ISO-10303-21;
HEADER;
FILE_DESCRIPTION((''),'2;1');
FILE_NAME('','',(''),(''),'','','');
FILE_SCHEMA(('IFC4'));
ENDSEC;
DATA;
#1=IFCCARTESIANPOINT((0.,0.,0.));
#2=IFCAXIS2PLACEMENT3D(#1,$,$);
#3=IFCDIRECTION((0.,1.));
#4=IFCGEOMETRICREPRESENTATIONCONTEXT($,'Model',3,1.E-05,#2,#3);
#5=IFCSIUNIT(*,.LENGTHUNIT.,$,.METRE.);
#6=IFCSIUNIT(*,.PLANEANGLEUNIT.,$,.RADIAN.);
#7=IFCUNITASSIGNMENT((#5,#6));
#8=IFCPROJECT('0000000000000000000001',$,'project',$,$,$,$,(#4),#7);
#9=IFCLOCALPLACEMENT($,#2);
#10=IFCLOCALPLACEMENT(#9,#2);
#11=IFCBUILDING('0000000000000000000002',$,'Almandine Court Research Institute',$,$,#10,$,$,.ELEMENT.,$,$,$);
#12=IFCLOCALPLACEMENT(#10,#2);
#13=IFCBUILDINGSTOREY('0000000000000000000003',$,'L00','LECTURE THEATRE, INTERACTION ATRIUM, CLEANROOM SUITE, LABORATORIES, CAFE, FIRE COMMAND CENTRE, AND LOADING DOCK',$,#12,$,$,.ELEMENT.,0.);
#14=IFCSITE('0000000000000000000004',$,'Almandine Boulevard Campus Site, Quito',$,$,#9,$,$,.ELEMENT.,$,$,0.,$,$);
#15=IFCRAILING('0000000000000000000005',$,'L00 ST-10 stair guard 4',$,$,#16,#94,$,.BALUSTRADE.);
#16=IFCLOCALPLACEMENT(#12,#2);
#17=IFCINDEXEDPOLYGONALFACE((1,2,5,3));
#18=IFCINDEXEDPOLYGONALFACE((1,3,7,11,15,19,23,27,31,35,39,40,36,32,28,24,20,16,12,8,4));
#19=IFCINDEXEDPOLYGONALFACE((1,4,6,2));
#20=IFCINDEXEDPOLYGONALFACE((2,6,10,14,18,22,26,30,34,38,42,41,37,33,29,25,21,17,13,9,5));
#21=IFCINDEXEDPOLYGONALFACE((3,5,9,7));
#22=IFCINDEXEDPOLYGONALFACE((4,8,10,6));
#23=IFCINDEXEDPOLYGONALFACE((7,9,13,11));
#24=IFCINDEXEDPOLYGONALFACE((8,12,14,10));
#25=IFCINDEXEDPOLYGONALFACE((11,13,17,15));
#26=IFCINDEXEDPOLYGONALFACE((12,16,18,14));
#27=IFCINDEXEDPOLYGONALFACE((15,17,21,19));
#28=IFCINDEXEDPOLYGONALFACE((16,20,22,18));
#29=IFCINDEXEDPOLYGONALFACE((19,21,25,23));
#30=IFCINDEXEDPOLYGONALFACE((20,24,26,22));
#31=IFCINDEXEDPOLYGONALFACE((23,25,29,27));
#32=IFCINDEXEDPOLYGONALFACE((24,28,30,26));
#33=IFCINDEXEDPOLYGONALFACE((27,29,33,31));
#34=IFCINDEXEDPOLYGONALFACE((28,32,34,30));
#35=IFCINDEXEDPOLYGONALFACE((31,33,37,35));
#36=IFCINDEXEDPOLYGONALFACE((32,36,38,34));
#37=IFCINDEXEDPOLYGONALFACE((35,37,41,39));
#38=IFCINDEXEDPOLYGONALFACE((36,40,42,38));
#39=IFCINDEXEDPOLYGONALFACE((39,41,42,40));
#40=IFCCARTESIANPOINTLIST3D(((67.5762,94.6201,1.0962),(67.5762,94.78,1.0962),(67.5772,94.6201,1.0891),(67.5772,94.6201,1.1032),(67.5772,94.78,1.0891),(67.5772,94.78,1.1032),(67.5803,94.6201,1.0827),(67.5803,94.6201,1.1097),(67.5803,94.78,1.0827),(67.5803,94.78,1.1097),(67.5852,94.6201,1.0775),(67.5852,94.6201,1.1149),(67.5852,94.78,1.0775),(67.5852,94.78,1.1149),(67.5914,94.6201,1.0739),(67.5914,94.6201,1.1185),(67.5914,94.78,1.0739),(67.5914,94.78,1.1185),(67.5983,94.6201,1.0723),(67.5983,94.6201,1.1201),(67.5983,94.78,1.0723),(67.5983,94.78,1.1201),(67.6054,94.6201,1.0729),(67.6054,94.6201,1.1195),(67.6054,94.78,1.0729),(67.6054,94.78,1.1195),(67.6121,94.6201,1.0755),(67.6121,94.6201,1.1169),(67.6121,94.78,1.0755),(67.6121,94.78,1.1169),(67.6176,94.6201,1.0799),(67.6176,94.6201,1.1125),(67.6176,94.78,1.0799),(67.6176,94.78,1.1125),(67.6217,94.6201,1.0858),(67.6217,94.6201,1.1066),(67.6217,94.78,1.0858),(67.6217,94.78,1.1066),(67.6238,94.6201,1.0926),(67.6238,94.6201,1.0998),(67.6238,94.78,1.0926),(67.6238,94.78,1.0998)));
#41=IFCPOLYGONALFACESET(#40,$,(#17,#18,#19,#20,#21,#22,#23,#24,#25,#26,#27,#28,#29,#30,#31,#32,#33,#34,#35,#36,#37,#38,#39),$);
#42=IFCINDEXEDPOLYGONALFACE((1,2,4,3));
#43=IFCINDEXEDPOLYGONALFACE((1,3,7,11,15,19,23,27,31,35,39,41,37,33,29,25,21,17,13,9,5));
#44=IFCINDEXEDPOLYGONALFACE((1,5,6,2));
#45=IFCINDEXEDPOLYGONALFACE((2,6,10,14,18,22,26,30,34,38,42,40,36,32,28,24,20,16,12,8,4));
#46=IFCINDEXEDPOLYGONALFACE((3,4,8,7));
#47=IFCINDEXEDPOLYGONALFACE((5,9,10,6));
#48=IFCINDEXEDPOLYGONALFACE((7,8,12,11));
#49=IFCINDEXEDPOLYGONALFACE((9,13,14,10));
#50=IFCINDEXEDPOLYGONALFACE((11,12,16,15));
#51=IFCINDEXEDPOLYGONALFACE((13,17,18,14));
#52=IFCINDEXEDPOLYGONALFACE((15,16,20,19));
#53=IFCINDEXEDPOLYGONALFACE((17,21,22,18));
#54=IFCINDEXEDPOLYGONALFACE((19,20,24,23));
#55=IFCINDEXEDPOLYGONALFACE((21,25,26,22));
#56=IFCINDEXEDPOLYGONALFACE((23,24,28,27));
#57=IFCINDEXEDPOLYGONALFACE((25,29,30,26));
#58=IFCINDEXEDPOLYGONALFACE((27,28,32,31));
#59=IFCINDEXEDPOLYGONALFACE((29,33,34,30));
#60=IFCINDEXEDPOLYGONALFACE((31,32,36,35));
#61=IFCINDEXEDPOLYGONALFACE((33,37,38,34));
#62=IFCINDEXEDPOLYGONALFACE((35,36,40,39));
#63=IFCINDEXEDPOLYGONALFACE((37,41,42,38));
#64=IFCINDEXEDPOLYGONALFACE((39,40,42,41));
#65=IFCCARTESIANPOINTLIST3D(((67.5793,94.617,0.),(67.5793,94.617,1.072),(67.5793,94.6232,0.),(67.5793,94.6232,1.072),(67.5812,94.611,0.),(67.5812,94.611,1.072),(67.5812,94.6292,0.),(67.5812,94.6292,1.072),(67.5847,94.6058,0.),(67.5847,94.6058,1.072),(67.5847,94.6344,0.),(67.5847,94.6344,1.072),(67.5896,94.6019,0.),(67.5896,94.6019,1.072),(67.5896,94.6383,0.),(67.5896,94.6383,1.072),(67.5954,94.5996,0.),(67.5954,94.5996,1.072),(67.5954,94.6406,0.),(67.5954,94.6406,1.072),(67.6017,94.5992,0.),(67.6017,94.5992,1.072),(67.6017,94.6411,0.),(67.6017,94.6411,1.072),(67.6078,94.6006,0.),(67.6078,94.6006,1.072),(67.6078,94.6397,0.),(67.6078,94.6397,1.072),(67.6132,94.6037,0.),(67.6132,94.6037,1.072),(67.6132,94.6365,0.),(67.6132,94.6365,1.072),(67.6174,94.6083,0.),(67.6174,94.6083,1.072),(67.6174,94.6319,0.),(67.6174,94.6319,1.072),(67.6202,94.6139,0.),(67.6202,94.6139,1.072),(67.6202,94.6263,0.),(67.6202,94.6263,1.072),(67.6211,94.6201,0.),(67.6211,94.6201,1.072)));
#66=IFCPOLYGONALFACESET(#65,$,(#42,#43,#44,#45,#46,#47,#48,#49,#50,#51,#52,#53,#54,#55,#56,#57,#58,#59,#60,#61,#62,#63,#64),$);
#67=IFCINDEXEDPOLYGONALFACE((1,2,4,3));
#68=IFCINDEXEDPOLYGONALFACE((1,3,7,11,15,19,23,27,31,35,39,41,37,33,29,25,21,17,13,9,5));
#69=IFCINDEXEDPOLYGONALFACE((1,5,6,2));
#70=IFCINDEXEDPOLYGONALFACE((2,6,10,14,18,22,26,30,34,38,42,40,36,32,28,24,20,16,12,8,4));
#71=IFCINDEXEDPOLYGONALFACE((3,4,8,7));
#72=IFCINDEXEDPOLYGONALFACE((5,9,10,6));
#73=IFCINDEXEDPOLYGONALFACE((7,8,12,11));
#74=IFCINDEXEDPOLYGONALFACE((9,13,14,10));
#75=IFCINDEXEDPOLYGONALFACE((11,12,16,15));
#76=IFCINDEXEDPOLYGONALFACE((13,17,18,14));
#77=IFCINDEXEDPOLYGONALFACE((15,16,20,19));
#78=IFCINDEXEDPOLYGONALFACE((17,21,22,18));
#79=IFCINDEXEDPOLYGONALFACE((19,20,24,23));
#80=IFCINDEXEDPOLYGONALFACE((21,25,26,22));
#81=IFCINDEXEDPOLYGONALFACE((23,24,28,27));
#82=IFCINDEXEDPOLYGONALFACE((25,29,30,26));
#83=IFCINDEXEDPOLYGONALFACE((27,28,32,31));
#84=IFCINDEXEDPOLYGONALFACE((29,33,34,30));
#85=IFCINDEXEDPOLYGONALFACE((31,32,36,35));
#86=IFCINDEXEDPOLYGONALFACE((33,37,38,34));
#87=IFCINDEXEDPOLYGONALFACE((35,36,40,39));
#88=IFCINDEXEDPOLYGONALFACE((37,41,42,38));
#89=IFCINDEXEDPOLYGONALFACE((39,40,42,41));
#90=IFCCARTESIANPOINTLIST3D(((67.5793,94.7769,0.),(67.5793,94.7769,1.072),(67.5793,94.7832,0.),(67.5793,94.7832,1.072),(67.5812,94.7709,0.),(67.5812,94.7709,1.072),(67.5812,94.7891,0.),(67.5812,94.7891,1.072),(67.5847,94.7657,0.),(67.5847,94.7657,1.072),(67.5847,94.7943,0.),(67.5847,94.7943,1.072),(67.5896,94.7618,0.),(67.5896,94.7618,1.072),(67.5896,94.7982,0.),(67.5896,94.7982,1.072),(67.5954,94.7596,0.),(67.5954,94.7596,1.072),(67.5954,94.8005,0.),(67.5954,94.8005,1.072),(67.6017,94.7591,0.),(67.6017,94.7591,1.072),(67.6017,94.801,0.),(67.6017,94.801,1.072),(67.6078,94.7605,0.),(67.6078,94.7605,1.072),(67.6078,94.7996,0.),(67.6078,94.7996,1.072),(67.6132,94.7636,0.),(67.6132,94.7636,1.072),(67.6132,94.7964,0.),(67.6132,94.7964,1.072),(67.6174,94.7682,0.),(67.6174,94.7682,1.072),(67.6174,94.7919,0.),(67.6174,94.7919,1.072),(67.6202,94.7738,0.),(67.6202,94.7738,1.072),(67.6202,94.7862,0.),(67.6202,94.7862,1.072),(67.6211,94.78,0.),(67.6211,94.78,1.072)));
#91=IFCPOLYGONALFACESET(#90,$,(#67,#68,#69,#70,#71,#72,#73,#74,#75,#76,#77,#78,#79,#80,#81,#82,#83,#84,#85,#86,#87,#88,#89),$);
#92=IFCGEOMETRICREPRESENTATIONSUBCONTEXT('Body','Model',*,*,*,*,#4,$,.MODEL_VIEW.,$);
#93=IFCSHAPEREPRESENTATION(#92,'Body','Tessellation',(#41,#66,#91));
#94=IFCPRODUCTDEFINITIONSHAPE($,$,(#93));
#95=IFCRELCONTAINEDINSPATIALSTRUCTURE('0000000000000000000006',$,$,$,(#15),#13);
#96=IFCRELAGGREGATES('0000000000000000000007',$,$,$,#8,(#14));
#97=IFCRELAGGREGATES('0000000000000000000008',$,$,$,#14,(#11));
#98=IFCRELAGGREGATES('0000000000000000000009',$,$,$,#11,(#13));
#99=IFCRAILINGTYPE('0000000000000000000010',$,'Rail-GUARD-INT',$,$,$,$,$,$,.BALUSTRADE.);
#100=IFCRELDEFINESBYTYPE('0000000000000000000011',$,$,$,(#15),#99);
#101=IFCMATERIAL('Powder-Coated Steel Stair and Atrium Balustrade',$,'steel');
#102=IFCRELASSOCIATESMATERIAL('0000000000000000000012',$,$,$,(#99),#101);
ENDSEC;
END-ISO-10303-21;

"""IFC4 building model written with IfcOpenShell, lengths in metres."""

from ifc_helpers import new_model, si_unit, direction, frame, origin, origin_2d, place, context, subcontext, project, spatial, circle, extrude, material, type_object, element, save


model = new_model("IFC4")

# Units and contexts
model_context = context("Model", 3, precision=1e-05, world=origin(), true_north=direction((0.0, 1.0)))
body_context = subcontext(model_context, "Body", "Model", "MODEL_VIEW")
ifc_project = project(units=[si_unit("LENGTHUNIT", "METRE"), si_unit("PLANEANGLEUNIT", "RADIAN")], contexts=[model_context])

# Site, building, storey
site_placement = place(None, origin())
site = spatial("IfcSite", under=ifc_project, at=site_placement, Name="Almandine Boulevard Campus Site, Quito", CompositionType="ELEMENT", RefElevation=0.0)
building_placement = place(site_placement, origin())
building = spatial("IfcBuilding", under=site, at=building_placement, Name="Almandine Court Research Institute", CompositionType="ELEMENT")
storey_placement = place(building_placement, origin())
storey = spatial("IfcBuildingStorey", under=building, at=storey_placement, Name="L00", Description="LECTURE THEATRE, INTERACTION ATRIUM, CLEANROOM SUITE, LABORATORIES, CAFE, FIRE COMMAND CENTRE, AND LOADING DOCK", CompositionType="ELEMENT", Elevation=0.0)

# Railing
ifc_material_1 = material(Name="Powder-Coated Steel Stair and Atrium Balustrade", Category="steel")
railing_type_1 = type_object("IfcRailingType", Name="Rail-GUARD-INT", PredefinedType="BALUSTRADE", material=ifc_material_1)
railing_1_placement = place(storey_placement, frame((67.6001, 94.6201, 0.0)))
element("IfcRailing", 1, at=railing_1_placement, inside=storey, type_object=railing_type_1, Name="L00 ST-10 stair guard 4", PredefinedType="BALUSTRADE", context=body_context, shape_type="SweptSolid", body=[
    extrude(circle(Radius=0.0239, at=origin_2d()), frame((0.0, 0.0, 1.0962), z_axis=(0.0, 1.0, 0.0), x_axis=(-1.0, 0.0, 0.0)), (0.0, 0.0, 1.0), 0.1599),
    extrude(circle(Radius=0.021, at=origin_2d()), origin(), (0.0, 0.0, 1.0), 1.072),
    extrude(circle(Radius=0.021, at=origin_2d()), frame((0.0, 0.1599, 0.0)), (0.0, 0.0, 1.0), 1.072),
])

save(model, "model.ifc")
